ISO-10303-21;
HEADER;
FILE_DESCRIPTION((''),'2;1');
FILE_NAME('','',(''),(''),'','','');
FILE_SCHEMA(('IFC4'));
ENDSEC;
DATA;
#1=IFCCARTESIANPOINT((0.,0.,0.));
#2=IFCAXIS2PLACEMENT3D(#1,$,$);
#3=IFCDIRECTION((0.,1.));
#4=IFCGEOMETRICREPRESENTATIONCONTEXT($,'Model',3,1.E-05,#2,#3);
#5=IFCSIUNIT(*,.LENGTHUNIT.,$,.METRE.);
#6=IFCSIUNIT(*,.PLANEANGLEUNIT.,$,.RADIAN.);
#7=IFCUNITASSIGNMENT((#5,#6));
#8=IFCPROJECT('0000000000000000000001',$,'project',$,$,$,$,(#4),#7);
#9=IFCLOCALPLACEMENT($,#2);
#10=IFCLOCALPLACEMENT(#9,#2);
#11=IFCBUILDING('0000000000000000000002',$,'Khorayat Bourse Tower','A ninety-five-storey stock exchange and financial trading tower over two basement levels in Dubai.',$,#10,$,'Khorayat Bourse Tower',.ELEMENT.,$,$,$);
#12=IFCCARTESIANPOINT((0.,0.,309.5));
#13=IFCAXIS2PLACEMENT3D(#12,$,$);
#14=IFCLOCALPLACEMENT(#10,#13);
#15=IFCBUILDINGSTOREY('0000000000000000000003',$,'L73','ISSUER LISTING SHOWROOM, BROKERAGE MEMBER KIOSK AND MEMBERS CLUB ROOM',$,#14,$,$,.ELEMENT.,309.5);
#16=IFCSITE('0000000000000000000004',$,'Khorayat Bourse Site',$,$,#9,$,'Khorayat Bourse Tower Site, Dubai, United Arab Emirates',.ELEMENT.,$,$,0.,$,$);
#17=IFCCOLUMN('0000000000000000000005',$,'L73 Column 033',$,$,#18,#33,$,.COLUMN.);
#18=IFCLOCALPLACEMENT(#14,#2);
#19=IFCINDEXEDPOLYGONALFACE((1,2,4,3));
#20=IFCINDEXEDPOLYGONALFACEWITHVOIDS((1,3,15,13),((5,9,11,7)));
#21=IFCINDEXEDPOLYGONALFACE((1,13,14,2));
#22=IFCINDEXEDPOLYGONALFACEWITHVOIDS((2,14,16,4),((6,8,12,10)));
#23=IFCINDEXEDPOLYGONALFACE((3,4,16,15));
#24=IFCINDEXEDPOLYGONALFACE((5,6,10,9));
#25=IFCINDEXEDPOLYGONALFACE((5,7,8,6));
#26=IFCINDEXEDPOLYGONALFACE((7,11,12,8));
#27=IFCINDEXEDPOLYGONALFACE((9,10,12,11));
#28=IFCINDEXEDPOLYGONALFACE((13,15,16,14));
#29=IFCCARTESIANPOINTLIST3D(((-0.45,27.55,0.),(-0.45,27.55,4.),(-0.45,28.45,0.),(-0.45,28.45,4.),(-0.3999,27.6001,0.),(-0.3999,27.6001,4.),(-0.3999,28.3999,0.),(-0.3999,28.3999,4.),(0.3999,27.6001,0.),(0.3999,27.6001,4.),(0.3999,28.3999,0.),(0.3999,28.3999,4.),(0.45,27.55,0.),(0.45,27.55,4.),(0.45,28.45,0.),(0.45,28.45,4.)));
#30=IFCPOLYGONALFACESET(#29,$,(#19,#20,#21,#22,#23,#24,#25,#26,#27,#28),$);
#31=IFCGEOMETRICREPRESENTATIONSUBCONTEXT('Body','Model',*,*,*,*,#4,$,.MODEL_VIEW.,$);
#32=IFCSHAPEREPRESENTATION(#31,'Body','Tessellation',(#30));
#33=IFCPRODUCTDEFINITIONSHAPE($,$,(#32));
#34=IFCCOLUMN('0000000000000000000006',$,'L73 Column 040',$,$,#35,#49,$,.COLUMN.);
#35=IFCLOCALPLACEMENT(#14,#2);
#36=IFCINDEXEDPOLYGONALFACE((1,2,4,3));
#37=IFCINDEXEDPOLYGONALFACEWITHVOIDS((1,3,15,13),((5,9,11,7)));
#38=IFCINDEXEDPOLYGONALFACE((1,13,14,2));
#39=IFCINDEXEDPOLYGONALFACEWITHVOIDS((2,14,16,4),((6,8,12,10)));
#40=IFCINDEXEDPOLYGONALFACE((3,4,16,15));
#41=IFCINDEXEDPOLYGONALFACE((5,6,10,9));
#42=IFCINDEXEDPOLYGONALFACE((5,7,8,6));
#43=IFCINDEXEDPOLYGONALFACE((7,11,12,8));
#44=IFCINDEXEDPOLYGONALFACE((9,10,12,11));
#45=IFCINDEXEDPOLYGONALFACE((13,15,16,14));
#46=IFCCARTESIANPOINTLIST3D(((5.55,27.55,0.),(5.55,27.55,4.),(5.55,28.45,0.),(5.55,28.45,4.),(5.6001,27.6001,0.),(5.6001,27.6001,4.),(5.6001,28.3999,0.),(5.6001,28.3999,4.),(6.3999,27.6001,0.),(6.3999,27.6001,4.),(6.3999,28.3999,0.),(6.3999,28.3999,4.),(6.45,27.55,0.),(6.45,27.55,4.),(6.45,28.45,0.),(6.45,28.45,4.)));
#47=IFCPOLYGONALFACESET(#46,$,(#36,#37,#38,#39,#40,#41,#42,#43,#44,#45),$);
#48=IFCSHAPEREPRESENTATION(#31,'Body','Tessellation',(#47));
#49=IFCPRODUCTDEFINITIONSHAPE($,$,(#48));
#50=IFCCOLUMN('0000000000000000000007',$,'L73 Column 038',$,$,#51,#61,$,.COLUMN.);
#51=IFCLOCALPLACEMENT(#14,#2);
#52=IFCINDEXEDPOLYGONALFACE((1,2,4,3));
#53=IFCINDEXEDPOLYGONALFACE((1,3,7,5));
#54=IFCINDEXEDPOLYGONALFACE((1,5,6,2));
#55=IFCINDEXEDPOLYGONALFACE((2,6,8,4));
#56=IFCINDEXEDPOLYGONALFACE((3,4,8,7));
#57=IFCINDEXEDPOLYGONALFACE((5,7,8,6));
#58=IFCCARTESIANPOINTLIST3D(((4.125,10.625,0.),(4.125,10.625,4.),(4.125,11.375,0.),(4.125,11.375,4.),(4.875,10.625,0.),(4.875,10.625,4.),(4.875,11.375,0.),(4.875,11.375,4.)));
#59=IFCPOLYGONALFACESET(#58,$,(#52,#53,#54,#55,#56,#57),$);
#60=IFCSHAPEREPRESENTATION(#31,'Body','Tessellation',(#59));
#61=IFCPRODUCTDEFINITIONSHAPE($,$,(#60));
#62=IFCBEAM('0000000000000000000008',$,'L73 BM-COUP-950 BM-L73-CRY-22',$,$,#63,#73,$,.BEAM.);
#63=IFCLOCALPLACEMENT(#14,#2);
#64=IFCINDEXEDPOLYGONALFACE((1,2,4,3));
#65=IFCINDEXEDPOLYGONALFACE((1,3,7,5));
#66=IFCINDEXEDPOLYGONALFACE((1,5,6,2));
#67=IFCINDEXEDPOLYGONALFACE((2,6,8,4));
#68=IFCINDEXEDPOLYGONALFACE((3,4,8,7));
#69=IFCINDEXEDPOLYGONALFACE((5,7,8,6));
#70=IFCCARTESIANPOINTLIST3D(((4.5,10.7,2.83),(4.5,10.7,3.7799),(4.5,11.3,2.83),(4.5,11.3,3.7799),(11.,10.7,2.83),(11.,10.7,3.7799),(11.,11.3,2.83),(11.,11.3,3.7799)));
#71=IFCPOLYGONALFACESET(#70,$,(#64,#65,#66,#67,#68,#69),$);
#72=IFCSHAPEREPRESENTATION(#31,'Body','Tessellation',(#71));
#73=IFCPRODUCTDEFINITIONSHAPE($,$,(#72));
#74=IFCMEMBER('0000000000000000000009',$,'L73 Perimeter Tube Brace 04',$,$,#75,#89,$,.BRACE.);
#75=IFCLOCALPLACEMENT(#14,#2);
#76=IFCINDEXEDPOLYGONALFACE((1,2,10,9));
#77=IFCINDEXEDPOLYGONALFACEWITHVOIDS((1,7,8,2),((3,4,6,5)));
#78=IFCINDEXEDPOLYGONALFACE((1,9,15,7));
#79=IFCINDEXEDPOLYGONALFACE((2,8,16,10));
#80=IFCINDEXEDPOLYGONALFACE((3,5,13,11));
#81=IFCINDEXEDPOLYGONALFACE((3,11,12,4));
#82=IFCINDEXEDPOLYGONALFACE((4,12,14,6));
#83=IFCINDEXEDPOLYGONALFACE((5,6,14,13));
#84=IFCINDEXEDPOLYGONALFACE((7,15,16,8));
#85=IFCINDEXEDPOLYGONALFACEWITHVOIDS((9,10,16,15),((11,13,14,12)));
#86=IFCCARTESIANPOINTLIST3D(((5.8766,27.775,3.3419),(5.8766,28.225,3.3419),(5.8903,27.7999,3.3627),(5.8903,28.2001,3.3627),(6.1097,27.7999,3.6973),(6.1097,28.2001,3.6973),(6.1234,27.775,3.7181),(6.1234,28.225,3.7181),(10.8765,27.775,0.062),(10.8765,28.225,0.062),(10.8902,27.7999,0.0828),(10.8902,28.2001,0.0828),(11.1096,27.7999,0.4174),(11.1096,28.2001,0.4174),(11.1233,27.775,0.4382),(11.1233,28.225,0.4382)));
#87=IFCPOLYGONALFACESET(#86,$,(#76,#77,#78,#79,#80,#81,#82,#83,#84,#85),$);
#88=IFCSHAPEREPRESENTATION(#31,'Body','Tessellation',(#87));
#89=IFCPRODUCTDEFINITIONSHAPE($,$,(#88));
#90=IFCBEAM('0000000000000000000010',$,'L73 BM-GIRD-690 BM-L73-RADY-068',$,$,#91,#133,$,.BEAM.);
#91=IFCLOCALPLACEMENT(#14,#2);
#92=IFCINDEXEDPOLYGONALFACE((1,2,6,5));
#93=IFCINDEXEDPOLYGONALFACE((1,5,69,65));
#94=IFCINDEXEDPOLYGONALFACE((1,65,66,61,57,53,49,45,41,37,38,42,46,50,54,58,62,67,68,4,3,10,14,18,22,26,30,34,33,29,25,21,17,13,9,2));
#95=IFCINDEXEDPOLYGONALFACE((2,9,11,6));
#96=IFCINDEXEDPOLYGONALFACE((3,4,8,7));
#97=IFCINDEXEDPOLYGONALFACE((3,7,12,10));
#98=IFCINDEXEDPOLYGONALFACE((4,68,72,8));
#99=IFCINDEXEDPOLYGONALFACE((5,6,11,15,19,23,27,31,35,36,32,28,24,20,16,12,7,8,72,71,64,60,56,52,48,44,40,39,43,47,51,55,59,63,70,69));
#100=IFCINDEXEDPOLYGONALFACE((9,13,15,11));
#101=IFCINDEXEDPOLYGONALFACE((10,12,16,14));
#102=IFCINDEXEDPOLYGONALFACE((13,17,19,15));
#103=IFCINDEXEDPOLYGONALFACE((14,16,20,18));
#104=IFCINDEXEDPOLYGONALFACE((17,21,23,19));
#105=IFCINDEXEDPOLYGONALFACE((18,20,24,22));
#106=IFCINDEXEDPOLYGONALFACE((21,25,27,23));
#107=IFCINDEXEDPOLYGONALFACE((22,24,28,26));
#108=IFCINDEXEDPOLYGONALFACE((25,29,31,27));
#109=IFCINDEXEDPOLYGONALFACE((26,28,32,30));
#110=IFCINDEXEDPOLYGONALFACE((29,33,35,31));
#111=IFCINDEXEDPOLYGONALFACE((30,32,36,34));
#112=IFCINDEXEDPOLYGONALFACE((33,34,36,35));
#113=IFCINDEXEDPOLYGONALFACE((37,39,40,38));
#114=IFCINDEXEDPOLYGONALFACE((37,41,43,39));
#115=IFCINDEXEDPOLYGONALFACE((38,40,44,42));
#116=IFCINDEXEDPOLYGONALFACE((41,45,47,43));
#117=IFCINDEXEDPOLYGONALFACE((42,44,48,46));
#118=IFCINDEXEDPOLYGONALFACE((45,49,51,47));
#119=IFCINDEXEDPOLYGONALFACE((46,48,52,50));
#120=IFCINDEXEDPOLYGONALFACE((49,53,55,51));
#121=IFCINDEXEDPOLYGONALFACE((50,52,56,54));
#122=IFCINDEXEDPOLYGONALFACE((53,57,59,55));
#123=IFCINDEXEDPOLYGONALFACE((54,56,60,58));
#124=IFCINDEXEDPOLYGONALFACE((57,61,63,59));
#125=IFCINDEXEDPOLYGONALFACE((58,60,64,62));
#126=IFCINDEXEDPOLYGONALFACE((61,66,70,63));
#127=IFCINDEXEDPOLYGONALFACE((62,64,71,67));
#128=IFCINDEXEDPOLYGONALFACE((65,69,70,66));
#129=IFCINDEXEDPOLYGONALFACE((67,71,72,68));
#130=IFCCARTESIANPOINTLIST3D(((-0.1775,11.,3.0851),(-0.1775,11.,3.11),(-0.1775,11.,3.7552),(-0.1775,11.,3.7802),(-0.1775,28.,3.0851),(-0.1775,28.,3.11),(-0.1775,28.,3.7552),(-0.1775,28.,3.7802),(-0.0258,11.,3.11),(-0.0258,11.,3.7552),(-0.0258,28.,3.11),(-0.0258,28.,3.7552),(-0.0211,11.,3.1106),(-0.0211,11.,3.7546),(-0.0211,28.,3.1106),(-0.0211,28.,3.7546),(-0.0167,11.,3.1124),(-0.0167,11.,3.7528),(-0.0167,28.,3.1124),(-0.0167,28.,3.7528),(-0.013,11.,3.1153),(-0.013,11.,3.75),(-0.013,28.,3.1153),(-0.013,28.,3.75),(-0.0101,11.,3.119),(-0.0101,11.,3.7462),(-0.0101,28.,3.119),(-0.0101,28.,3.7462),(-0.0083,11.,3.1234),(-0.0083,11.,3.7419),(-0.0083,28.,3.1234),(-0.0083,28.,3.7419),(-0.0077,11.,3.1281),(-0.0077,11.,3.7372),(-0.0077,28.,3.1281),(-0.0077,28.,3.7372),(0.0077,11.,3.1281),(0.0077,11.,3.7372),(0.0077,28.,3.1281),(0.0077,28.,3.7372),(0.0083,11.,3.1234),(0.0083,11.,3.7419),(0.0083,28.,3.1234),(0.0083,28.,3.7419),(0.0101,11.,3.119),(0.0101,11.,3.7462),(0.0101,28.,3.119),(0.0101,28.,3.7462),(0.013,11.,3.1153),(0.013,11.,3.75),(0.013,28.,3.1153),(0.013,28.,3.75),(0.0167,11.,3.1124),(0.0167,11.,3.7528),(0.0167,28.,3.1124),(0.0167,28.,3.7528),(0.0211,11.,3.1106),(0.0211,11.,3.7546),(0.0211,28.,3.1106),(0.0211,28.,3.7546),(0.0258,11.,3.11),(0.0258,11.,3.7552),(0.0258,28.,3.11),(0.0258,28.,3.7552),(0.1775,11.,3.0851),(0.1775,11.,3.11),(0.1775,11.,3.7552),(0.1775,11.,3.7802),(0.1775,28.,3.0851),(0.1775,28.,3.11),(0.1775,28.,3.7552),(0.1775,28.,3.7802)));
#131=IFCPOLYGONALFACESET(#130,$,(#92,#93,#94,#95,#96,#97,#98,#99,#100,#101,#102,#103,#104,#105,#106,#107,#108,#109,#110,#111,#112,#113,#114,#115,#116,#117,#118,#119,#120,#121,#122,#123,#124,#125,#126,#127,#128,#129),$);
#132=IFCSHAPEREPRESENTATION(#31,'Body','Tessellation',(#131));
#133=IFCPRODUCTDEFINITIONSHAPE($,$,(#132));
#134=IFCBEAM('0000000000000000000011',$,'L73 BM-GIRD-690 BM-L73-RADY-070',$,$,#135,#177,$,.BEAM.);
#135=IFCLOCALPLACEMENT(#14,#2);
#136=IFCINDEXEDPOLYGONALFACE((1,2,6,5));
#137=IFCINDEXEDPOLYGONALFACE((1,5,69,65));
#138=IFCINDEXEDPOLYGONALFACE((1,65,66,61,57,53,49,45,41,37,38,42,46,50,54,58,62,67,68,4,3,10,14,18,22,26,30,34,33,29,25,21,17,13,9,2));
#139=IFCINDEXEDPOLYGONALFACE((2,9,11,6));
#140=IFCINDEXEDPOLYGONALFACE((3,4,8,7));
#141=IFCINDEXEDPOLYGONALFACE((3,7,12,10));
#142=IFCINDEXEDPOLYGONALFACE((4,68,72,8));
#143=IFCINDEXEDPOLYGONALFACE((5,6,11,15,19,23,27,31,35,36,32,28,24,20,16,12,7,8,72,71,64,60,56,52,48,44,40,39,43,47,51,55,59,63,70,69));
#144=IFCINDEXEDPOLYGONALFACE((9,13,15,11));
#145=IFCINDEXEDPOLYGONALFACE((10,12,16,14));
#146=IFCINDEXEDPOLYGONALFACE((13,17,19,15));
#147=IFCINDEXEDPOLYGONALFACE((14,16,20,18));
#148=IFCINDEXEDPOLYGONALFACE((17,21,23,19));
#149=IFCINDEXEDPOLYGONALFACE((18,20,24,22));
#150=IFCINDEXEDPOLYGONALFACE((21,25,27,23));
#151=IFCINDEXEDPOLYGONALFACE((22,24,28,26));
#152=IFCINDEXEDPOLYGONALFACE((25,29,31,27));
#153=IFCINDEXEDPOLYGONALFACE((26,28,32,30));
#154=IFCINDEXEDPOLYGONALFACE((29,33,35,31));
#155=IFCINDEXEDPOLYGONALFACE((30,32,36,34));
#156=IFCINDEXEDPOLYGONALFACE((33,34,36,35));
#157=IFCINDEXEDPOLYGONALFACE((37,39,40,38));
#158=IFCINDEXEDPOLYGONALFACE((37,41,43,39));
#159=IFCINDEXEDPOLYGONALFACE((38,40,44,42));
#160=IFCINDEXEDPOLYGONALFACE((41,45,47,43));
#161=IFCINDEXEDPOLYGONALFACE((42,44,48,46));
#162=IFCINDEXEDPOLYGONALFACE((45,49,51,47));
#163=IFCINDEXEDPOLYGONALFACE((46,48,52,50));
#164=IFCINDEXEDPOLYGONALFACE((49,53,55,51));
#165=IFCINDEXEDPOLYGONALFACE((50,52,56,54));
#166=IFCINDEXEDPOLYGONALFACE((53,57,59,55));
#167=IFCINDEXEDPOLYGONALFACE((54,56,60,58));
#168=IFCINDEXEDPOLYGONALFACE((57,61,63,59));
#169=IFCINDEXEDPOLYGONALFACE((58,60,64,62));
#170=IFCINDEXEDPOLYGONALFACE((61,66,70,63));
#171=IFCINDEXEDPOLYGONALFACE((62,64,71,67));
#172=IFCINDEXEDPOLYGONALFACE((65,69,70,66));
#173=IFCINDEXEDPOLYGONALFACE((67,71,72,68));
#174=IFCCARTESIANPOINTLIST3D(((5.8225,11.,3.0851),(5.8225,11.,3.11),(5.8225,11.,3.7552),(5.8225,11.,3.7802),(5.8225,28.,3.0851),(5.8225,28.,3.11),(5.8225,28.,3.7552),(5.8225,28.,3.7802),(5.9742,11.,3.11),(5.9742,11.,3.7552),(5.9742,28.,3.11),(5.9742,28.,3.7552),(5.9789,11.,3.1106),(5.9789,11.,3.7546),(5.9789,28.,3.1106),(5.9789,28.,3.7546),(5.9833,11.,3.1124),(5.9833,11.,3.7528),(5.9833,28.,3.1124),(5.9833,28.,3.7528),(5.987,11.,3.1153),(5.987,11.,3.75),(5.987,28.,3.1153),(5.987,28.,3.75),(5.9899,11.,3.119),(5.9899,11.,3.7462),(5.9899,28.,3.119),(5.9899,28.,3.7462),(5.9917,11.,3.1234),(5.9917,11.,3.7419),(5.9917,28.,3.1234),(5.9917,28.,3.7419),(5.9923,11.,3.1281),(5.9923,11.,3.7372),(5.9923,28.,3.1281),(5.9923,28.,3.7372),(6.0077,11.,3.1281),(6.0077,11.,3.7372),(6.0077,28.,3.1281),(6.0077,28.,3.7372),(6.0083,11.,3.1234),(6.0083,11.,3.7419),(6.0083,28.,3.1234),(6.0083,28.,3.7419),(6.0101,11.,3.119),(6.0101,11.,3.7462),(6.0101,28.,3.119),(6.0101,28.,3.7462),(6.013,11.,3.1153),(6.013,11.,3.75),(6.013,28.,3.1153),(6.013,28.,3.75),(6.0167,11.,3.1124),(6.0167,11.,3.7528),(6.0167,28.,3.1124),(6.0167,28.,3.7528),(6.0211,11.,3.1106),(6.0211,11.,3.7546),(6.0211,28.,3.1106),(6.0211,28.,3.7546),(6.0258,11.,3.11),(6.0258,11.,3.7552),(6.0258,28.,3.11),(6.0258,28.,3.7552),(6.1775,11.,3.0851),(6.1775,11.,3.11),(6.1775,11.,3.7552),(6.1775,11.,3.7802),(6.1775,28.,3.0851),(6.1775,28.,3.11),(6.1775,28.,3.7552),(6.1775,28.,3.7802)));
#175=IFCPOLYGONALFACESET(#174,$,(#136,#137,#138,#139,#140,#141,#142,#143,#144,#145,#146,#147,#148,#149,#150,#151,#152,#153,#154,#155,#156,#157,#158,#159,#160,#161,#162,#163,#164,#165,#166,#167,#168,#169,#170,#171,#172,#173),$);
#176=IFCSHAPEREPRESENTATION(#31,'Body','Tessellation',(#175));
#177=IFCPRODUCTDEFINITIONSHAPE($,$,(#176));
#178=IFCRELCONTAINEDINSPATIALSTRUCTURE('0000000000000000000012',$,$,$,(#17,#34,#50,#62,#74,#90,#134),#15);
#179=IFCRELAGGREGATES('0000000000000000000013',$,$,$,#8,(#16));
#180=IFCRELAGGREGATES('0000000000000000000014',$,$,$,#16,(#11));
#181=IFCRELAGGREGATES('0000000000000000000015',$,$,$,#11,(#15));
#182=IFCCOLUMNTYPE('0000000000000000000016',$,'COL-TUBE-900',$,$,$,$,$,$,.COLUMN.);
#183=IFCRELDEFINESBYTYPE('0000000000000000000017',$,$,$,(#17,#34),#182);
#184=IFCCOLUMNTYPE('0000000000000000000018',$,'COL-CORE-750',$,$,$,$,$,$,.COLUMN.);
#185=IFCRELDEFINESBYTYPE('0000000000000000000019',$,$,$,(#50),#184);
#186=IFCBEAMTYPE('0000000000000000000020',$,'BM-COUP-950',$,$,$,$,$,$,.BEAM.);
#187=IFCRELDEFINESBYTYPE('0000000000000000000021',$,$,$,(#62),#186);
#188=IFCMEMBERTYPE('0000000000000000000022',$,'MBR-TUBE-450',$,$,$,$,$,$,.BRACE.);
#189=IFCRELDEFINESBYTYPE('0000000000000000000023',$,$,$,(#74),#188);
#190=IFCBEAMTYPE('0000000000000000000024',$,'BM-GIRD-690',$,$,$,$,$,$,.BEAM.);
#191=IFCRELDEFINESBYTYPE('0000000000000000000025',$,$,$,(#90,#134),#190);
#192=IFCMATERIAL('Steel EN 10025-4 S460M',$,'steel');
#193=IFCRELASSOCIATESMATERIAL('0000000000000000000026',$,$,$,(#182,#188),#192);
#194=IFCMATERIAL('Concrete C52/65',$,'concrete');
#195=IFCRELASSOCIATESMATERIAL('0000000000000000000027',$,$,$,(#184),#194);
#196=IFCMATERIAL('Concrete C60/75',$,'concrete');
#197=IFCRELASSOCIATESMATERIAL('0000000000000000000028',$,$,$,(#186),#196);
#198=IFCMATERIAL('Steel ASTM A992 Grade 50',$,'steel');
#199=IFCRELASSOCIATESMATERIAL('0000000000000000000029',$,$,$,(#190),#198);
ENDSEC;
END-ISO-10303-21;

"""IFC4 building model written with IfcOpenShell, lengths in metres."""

from ifc_helpers import new_model, si_unit, direction, frame, origin, origin_2d, place, context, subcontext, project, spatial, rectangle, hollow_rectangle, i_section, extrude, source, transform, mapped, material, material_profile, profile_set, type_object, element, save


model = new_model("IFC4")

# Units and contexts
model_context = context("Model", 3, precision=1e-05, world=origin(), true_north=direction((0.0, 1.0)))
body_context = subcontext(model_context, "Body", "Model", "MODEL_VIEW")
ifc_project = project(units=[si_unit("LENGTHUNIT", "METRE"), si_unit("PLANEANGLEUNIT", "RADIAN")], contexts=[model_context])

# Site, building, storey
site_placement = place(None, origin())
site = spatial("IfcSite", under=ifc_project, at=site_placement, Name="Khorayat Bourse Site", LongName="Khorayat Bourse Tower Site, Dubai, United Arab Emirates", CompositionType="ELEMENT", RefElevation=0.0)
building_placement = place(site_placement, origin())
building = spatial("IfcBuilding", under=site, at=building_placement, Name="Khorayat Bourse Tower", Description="A ninety-five-storey stock exchange and financial trading tower over two basement levels in Dubai.", LongName="Khorayat Bourse Tower", CompositionType="ELEMENT")
storey_placement = place(building_placement, frame((0.0, 0.0, 309.5)))
storey = spatial("IfcBuildingStorey", under=building, at=storey_placement, Name="L73", Description="ISSUER LISTING SHOWROOM, BROKERAGE MEMBER KIOSK AND MEMBERS CLUB ROOM", CompositionType="ELEMENT", Elevation=309.5)

# Columns
ifc_material_1 = material(Name="Steel EN 10025-4 S460M", Category="steel")
ifc_material_profile_1 = material_profile(ifc_material_1, hollow_rectangle(XDim=0.8999, YDim=0.8999, WallThickness=0.05, at=origin_2d()), Name="BOX 900x900x50")
ifc_profile_set_1 = profile_set([ifc_material_profile_1], Name="Steel EN 10025-4 S460M")
column_type_1 = type_object("IfcColumnType", Name="COL-TUBE-900", PredefinedType="COLUMN", material=ifc_profile_set_1)
shared_shape_1 = source(origin(), body_context, "Body", "SweptSolid", [
    extrude(hollow_rectangle(XDim=0.8999, YDim=0.8999, WallThickness=0.05, at=origin_2d()), origin(), (0.0, 0.0, 1.0), 4.0),
])
for number, where, z_axis, x_axis, name in (
    (1, (0.0, 28.0, 0.0), (0.0, 0.0, 1.0), (1.0, 0.0, 0.0), "L73 Column 033"),
    (2, (6.0, 28.0, 0.0), (0.0, 0.0, 1.0), (1.0, 0.0, 0.0), "L73 Column 040"),
):
    element("IfcColumn", number, at=place(storey_placement, frame(where, z_axis=z_axis, x_axis=x_axis)), inside=storey, type_object=column_type_1, Name=name, PredefinedType="COLUMN", context=body_context, shape_type="MappedRepresentation", body=[
        mapped(shared_shape_1, transform((0.0, 0.0, 0.0), scale=1.0)),
    ])
ifc_material_2 = material(Name="Concrete C52/65", Category="concrete")
ifc_material_profile_2 = material_profile(ifc_material_2, rectangle(XDim=0.75, YDim=0.75, at=origin_2d()), Name="RC 750x750")
ifc_profile_set_2 = profile_set([ifc_material_profile_2], Name="Concrete C52/65")
column_type_2 = type_object("IfcColumnType", Name="COL-CORE-750", PredefinedType="COLUMN", material=ifc_profile_set_2)
shared_shape_2 = source(origin(), body_context, "Body", "SweptSolid", [
    extrude(rectangle(XDim=0.75, YDim=0.75, at=origin_2d()), origin(), (0.0, 0.0, 1.0), 4.0),
])
column_placement = place(storey_placement, frame((4.5, 11.0, 0.0), z_axis=(0.0, 0.0, 1.0), x_axis=(1.0, 0.0, 0.0)))
element("IfcColumn", 3, at=column_placement, inside=storey, type_object=column_type_2, Name="L73 Column 038", PredefinedType="COLUMN", context=body_context, shape_type="MappedRepresentation", body=[
    mapped(shared_shape_2, transform((0.0, 0.0, 0.0), scale=1.0)),
])

# Beam
ifc_material_3 = material(Name="Concrete C60/75", Category="concrete")
ifc_material_profile_3 = material_profile(ifc_material_3, rectangle(XDim=0.6001, YDim=0.95, at=origin_2d()), Name="RC 600x950")
ifc_profile_set_3 = profile_set([ifc_material_profile_3], Name="Concrete C60/75")
beam_type_1 = type_object("IfcBeamType", Name="BM-COUP-950", PredefinedType="BEAM", material=ifc_profile_set_3)
shared_shape_3 = source(origin(), body_context, "Body", "SweptSolid", [
    extrude(rectangle(XDim=0.6001, YDim=0.95, at=origin_2d()), origin(), (0.0, 0.0, 1.0), 6.5),
])
beam_1_placement = place(storey_placement, frame((4.5, 11.0, 3.3049), z_axis=(1.0, 0.0, 0.0), x_axis=(0.0, 1.0, 0.0)))
element("IfcBeam", 4, at=beam_1_placement, inside=storey, type_object=beam_type_1, Name="L73 BM-COUP-950 BM-L73-CRY-22", PredefinedType="BEAM", context=body_context, shape_type="MappedRepresentation", body=[
    mapped(shared_shape_3, transform((0.0, 0.0, 0.0), scale=1.0)),
])

# Member
ifc_material_profile_4 = material_profile(ifc_material_1, hollow_rectangle(XDim=0.45, YDim=0.45, WallThickness=0.0249, at=origin_2d()), Name="HSS 450x450x25")
ifc_profile_set_4 = profile_set([ifc_material_profile_4], Name="Steel EN 10025-4 S460M")
member_type_1 = type_object("IfcMemberType", Name="MBR-TUBE-450", PredefinedType="BRACE", material=ifc_profile_set_4)
shared_shape_4 = source(origin(), body_context, "Body", "SweptSolid", [
    extrude(hollow_rectangle(XDim=0.45, YDim=0.45, WallThickness=0.0249, at=origin_2d()), origin(), (0.0, 0.0, 1.0), 5.9797),
])
member_1_placement = place(storey_placement, frame((6.0, 28.0, 3.53), z_axis=(0.836142, 0.0, -0.548514), x_axis=(0.0, 1.0, 0.0)))
element("IfcMember", 5, at=member_1_placement, inside=storey, type_object=member_type_1, Name="L73 Perimeter Tube Brace 04", PredefinedType="BRACE", context=body_context, shape_type="MappedRepresentation", body=[
    mapped(shared_shape_4, transform((0.0, 0.0, 0.0), scale=1.0)),
])

# Beams
ifc_material_4 = material(Name="Steel ASTM A992 Grade 50", Category="steel")
ifc_material_profile_5 = material_profile(ifc_material_4, i_section(OverallWidth=0.355, OverallDepth=0.6951, WebThickness=0.0154, FlangeThickness=0.0249, FilletRadius=0.0181, at=origin_2d()), Name="W690X217")
ifc_profile_set_5 = profile_set([ifc_material_profile_5], Name="Steel ASTM A992 Grade 50")
beam_type_2 = type_object("IfcBeamType", Name="BM-GIRD-690", PredefinedType="BEAM", material=ifc_profile_set_5)
shared_shape_5 = source(origin(), body_context, "Body", "SweptSolid", [
    extrude(i_section(OverallWidth=0.355, OverallDepth=0.6951, WebThickness=0.0154, FlangeThickness=0.0249, FilletRadius=0.0181, at=origin_2d()), origin(), (0.0, 0.0, 1.0), 17.0),
])
for number, where, z_axis, x_axis, name in (
    (6, (0.0, 11.0, 3.4326), (0.0, 1.0, 0.0), (-1.0, 0.0, 0.0), "L73 BM-GIRD-690 BM-L73-RADY-068"),
    (7, (6.0, 11.0, 3.4326), (0.0, 1.0, 0.0), (-1.0, 0.0, 0.0), "L73 BM-GIRD-690 BM-L73-RADY-070"),
):
    element("IfcBeam", number, at=place(storey_placement, frame(where, z_axis=z_axis, x_axis=x_axis)), inside=storey, type_object=beam_type_2, Name=name, PredefinedType="BEAM", context=body_context, shape_type="MappedRepresentation", body=[
        mapped(shared_shape_5, transform((0.0, 0.0, 0.0), scale=1.0)),
    ])

save(model, "model.ifc")
